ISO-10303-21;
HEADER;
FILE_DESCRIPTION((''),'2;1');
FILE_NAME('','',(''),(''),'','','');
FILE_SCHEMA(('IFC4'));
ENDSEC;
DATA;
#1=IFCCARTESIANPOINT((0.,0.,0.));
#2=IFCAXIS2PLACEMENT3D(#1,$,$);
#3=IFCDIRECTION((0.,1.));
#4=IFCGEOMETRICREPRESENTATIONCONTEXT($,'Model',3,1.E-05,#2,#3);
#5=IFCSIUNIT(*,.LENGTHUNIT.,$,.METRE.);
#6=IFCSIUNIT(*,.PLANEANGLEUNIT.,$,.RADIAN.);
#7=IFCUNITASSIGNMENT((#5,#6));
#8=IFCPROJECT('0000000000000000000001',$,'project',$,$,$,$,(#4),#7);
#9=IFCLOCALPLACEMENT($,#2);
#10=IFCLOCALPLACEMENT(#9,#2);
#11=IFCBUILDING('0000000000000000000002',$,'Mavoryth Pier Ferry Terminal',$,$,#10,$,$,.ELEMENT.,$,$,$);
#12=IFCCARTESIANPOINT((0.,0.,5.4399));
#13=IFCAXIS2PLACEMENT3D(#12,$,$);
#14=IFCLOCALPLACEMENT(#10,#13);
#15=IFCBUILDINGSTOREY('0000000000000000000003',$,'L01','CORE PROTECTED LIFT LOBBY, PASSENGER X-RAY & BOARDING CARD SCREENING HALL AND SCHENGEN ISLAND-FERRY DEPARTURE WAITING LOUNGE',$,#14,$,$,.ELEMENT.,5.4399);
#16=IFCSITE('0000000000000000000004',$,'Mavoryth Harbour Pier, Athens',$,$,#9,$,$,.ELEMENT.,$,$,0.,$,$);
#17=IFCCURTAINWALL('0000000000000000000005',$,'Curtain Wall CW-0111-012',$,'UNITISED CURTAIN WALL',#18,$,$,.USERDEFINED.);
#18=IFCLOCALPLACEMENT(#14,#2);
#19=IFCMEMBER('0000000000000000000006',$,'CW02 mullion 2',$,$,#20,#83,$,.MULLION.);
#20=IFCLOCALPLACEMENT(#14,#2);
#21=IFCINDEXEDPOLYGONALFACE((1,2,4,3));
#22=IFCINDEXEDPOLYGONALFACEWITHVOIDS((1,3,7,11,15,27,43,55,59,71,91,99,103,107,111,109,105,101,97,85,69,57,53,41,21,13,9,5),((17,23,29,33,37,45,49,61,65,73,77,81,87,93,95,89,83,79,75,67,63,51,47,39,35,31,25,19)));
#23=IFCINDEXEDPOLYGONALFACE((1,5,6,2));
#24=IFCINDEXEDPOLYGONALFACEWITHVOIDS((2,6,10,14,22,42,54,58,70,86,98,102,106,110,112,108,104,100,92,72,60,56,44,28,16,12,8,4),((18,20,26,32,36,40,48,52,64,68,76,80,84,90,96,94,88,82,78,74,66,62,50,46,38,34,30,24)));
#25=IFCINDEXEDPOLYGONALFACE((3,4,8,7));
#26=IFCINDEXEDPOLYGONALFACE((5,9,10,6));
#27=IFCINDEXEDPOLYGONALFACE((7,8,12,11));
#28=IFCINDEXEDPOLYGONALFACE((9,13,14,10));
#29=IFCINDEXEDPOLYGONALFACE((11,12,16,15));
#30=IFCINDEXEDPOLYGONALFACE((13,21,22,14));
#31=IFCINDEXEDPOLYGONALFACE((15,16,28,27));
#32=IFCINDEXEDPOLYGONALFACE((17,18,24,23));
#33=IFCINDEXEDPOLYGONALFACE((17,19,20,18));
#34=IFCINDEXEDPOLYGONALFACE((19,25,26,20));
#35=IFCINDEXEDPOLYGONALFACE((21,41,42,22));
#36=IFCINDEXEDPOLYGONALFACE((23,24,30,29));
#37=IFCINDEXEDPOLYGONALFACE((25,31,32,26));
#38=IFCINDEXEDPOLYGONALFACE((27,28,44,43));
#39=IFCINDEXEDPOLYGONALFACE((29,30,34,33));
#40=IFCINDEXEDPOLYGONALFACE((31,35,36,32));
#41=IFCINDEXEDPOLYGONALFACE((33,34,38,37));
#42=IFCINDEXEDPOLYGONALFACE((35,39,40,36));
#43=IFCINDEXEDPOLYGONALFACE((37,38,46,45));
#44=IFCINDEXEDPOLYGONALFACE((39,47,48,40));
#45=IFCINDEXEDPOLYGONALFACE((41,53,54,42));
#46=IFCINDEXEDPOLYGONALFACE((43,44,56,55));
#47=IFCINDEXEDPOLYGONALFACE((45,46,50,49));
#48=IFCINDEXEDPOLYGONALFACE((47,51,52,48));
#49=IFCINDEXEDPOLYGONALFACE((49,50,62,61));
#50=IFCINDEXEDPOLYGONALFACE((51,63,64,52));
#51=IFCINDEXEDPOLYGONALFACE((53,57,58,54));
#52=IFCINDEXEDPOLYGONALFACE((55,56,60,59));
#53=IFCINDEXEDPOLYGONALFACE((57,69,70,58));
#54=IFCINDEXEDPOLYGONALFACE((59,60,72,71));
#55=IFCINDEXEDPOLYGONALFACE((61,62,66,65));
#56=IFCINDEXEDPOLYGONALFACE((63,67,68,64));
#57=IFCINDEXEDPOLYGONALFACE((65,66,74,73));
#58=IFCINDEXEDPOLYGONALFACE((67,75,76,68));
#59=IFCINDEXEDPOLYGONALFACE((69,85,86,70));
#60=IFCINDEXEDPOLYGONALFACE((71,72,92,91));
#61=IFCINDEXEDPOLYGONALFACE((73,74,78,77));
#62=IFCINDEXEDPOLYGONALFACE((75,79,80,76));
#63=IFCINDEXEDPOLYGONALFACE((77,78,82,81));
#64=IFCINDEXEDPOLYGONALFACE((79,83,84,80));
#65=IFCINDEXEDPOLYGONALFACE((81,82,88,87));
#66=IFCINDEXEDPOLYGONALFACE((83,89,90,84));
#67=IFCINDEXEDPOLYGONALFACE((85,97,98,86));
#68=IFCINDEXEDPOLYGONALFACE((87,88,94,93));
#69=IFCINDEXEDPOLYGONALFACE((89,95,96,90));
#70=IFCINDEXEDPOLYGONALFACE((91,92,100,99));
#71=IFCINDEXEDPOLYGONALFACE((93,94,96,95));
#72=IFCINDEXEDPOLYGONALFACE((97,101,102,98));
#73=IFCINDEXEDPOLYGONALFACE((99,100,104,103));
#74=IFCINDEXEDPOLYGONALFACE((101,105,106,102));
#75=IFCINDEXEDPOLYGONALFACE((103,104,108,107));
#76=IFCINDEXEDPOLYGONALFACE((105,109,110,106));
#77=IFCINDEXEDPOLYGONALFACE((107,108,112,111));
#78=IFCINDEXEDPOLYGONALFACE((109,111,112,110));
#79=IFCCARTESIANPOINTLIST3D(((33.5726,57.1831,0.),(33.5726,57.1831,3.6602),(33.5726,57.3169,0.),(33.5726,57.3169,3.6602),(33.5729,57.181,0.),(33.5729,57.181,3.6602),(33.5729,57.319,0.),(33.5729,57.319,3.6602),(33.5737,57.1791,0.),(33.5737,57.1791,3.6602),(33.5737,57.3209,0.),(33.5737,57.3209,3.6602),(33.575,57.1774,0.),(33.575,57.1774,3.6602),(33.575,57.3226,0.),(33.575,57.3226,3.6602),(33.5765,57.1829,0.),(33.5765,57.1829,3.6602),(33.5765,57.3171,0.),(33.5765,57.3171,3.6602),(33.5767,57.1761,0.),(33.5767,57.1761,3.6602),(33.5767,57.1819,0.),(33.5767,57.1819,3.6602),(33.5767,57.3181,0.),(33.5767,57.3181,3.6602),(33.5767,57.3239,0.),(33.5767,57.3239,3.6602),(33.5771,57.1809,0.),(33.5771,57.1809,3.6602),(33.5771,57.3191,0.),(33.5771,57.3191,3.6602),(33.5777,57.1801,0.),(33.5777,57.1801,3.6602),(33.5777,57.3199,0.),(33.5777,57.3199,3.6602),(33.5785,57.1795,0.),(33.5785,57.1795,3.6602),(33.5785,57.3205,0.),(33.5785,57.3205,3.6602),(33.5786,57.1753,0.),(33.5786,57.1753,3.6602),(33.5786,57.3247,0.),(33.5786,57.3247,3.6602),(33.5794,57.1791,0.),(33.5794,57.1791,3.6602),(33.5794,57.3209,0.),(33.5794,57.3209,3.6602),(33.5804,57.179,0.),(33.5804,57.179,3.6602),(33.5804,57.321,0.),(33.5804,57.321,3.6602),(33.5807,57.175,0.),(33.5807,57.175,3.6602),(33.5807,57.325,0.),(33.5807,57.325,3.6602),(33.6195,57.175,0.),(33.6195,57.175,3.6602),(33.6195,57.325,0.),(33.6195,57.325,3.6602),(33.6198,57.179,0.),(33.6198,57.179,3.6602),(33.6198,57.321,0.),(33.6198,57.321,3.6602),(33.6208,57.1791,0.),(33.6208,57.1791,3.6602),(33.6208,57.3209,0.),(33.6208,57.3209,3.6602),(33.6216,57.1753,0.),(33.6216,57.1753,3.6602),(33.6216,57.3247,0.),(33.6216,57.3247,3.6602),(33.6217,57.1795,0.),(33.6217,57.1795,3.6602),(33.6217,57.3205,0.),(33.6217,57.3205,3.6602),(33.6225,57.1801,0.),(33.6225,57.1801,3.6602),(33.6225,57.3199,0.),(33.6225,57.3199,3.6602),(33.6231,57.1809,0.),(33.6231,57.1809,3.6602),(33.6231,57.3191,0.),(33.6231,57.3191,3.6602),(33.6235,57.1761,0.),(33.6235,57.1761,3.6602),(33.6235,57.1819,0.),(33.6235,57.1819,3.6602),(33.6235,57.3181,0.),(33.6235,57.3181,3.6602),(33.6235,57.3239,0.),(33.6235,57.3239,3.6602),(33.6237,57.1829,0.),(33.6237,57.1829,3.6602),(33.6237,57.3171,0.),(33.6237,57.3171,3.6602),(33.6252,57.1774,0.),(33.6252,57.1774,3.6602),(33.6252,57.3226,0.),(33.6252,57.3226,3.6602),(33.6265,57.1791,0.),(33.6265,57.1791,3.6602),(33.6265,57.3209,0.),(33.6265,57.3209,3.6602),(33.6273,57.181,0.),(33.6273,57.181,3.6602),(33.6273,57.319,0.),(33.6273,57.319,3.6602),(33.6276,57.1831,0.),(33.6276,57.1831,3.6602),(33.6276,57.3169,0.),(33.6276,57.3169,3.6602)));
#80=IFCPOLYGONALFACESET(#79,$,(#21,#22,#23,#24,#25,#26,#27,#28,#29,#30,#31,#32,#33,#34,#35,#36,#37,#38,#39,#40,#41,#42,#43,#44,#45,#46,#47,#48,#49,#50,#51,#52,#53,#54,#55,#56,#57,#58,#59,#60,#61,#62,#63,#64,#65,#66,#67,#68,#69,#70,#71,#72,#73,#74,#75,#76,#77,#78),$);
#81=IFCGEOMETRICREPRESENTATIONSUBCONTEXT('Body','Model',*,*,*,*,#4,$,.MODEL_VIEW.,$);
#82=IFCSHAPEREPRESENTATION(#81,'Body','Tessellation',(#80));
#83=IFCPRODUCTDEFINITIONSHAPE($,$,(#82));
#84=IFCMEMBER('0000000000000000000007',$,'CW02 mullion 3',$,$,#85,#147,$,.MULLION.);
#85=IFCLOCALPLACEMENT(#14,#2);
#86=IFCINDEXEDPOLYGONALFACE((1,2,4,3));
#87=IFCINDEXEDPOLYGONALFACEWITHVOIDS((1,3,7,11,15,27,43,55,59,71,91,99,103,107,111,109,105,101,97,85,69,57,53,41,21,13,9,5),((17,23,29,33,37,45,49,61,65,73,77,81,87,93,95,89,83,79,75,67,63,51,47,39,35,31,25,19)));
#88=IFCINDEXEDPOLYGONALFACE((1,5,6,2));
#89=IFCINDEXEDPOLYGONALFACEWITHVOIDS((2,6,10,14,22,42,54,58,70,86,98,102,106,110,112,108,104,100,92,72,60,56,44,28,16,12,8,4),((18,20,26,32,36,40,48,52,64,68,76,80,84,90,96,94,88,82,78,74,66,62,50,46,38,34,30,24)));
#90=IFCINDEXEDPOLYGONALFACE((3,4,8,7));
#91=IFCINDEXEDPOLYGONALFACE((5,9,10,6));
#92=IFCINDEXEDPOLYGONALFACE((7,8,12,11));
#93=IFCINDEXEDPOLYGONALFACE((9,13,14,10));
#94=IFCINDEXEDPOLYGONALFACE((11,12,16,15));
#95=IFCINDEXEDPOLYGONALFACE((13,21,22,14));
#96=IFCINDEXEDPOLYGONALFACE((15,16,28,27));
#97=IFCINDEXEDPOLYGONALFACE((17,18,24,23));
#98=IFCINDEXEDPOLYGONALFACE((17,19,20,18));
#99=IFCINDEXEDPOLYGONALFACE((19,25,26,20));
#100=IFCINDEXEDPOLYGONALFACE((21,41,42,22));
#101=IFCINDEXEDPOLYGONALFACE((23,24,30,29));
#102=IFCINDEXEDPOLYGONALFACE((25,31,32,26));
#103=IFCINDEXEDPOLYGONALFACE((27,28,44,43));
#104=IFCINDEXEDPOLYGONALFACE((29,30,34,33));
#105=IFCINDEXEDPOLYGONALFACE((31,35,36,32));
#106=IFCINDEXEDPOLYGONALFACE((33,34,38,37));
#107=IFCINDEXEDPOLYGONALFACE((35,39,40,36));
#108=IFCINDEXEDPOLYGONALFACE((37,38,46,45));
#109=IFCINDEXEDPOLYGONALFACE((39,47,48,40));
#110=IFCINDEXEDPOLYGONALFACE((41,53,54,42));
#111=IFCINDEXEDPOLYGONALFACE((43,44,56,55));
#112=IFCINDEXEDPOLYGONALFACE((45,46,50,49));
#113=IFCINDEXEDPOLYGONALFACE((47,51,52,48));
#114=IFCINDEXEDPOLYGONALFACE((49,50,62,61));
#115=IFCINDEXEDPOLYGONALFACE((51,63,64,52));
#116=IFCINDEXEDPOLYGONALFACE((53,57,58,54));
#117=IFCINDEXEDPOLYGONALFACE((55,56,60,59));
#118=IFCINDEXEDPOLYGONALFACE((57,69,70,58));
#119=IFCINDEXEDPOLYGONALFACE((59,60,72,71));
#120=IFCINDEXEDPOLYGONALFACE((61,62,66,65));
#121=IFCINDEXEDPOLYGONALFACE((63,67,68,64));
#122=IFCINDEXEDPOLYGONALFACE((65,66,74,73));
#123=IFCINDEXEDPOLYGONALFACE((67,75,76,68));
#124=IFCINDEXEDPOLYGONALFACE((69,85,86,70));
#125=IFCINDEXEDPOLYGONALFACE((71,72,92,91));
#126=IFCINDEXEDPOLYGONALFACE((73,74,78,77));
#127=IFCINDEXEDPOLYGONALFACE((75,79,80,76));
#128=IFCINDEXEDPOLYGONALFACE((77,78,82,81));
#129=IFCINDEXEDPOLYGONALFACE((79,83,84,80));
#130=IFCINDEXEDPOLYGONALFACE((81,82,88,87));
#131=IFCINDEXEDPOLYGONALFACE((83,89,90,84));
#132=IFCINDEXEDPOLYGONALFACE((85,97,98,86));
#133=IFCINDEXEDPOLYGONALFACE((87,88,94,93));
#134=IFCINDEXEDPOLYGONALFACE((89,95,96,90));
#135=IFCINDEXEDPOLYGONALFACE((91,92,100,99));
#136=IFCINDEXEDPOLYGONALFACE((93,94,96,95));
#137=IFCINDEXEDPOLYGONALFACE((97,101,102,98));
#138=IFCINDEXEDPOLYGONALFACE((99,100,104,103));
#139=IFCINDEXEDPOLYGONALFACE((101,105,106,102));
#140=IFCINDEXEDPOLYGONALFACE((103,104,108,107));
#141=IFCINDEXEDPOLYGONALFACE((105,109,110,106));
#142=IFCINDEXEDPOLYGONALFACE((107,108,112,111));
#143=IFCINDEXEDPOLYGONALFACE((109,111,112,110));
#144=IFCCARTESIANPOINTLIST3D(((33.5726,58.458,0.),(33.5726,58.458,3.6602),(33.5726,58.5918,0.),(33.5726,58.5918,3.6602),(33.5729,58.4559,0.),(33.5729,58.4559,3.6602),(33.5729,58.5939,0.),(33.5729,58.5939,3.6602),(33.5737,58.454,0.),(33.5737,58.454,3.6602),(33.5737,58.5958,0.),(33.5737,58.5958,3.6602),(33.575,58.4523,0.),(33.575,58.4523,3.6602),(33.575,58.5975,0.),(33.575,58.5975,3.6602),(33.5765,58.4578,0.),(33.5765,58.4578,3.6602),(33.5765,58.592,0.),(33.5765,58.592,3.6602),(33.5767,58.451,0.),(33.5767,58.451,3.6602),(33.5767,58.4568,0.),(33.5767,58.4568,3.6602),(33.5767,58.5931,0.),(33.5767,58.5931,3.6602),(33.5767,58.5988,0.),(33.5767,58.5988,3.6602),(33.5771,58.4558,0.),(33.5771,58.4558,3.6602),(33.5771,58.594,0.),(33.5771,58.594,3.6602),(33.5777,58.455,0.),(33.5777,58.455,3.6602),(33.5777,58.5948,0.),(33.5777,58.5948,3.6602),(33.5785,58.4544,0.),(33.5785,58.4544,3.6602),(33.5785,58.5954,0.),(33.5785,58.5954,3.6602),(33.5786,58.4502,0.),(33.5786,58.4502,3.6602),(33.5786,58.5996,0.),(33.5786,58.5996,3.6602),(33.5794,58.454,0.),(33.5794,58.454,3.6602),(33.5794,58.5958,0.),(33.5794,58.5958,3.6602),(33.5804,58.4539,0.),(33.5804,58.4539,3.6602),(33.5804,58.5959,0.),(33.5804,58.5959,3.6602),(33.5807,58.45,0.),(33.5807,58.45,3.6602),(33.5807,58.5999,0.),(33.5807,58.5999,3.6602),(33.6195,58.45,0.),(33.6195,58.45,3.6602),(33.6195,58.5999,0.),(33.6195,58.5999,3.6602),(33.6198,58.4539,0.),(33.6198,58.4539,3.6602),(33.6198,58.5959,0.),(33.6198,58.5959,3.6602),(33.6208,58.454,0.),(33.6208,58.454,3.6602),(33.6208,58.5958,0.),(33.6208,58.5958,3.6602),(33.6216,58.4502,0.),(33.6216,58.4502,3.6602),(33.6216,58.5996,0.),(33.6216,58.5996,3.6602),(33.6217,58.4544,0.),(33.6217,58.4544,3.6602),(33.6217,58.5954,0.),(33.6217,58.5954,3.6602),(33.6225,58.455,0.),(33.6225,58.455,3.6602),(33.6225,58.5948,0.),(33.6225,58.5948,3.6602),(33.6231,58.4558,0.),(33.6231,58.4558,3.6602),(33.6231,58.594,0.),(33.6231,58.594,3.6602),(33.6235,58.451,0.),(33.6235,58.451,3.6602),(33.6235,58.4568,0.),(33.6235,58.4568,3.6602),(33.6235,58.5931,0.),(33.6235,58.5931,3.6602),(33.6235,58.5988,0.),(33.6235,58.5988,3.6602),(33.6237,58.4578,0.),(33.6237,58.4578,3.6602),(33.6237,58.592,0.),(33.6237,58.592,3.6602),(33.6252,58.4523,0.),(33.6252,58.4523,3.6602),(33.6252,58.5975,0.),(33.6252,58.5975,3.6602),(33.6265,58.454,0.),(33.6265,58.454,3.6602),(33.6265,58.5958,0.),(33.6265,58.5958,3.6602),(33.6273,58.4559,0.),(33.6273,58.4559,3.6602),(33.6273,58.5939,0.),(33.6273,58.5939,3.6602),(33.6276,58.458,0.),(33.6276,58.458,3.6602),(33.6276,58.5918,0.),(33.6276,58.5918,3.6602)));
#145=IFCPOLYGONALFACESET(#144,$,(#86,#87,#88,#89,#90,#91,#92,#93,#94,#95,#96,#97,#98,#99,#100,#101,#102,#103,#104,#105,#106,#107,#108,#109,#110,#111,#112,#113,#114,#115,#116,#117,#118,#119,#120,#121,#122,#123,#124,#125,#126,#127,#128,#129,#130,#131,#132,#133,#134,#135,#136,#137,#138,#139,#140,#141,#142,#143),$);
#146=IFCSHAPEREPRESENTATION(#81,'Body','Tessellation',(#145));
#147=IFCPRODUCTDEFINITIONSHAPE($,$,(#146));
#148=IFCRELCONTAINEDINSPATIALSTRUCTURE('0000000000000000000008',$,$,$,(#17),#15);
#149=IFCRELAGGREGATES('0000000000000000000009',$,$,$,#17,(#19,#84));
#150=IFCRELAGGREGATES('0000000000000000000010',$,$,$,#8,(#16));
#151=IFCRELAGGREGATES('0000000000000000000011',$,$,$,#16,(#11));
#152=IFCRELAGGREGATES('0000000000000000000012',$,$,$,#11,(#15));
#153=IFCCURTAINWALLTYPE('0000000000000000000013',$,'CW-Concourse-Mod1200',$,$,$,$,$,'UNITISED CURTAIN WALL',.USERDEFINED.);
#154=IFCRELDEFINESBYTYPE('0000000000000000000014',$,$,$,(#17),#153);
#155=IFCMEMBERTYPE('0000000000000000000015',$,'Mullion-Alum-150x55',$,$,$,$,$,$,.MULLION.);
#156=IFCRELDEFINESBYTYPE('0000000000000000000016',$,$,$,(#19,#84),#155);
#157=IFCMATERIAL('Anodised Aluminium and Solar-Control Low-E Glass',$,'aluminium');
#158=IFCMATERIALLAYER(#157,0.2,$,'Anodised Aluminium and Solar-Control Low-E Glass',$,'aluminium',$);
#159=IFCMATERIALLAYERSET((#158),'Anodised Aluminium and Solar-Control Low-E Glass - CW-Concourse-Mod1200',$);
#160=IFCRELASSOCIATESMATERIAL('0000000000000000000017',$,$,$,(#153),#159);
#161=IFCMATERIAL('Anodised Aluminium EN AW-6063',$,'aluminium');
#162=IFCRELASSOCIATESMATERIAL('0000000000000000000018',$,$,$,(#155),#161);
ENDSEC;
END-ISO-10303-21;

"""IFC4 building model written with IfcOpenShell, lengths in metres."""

from ifc_helpers import new_model, si_unit, direction, frame, origin, origin_2d, place, context, subcontext, project, spatial, hollow_rectangle, extrude, material, layer, layer_set, material_profile, profile_set, type_object, element, aggregate, save


model = new_model("IFC4")

# Units and contexts
model_context = context("Model", 3, precision=1e-05, world=origin(), true_north=direction((0.0, 1.0)))
body_context = subcontext(model_context, "Body", "Model", "MODEL_VIEW")
ifc_project = project(units=[si_unit("LENGTHUNIT", "METRE"), si_unit("PLANEANGLEUNIT", "RADIAN")], contexts=[model_context])

# Site, building, storey
site_placement = place(None, origin())
site = spatial("IfcSite", under=ifc_project, at=site_placement, Name="Mavoryth Harbour Pier, Athens", CompositionType="ELEMENT", RefElevation=0.0)
building_placement = place(site_placement, origin())
building = spatial("IfcBuilding", under=site, at=building_placement, Name="Mavoryth Pier Ferry Terminal", CompositionType="ELEMENT")
storey_placement = place(building_placement, frame((0.0, 0.0, 5.4399)))
storey = spatial("IfcBuildingStorey", under=building, at=storey_placement, Name="L01", Description="CORE PROTECTED LIFT LOBBY, PASSENGER X-RAY & BOARDING CARD SCREENING HALL AND SCHENGEN ISLAND-FERRY DEPARTURE WAITING LOUNGE", CompositionType="ELEMENT", Elevation=5.4399)

# Curtain wall, members
ifc_material_1 = material(Name="Anodised Aluminium and Solar-Control Low-E Glass", Category="aluminium")
ifc_layer_1 = layer(ifc_material_1, 0.2, Name="Anodised Aluminium and Solar-Control Low-E Glass", Category="aluminium")
ifc_layer_set_1 = layer_set([ifc_layer_1], Name="Anodised Aluminium and Solar-Control Low-E Glass - CW-Concourse-Mod1200")
curtain_wall_type = type_object("IfcCurtainWallType", Name="CW-Concourse-Mod1200", ElementType="UNITISED CURTAIN WALL", PredefinedType="USERDEFINED", material=ifc_layer_set_1)
curtain_wall_placement = place(storey_placement, origin())
curtain_wall = element("IfcCurtainWall", 1, at=curtain_wall_placement, inside=storey, type_object=curtain_wall_type, Name="Curtain Wall CW-0111-012", ObjectType="UNITISED CURTAIN WALL", PredefinedType="USERDEFINED")
ifc_material_2 = material(Name="Anodised Aluminium EN AW-6063", Category="aluminium")
ifc_material_profile_1 = material_profile(ifc_material_2, hollow_rectangle(XDim=0.0549, YDim=0.1499, WallThickness=0.0039, InnerFilletRadius=0.0039, OuterFilletRadius=0.0081, at=origin_2d()), Name="AL-MULL 150x55x4", Category="aluminium")
ifc_profile_set_1 = profile_set([ifc_material_profile_1], Name="Anodised Aluminium EN AW-6063 - AL-MULL 150x55x4")
member_type_1 = type_object("IfcMemberType", Name="Mullion-Alum-150x55", PredefinedType="MULLION", material=ifc_profile_set_1)
member_1_placement = place(storey_placement, frame((33.6001, 57.25, 0.0), z_axis=(0.0, 0.0, 1.0), x_axis=(-1.0, 0.0, 0.0)))
member_1 = element("IfcMember", 2, at=member_1_placement, type_object=member_type_1, Name="CW02 mullion 2", PredefinedType="MULLION", context=body_context, shape_type="SweptSolid", body=[
    extrude(hollow_rectangle(XDim=0.0549, YDim=0.1499, WallThickness=0.0039, InnerFilletRadius=0.0039, OuterFilletRadius=0.0081, at=origin_2d()), origin(), (0.0, 0.0, 1.0), 3.6602),
])
member_2_placement = place(storey_placement, frame((33.6001, 58.5249, 0.0), z_axis=(0.0, 0.0, 1.0), x_axis=(-1.0, 0.0, 0.0)))
member_2 = element("IfcMember", 3, at=member_2_placement, type_object=member_type_1, Name="CW02 mullion 3", PredefinedType="MULLION", context=body_context, shape_type="SweptSolid", body=[
    extrude(hollow_rectangle(XDim=0.0549, YDim=0.1499, WallThickness=0.0039, InnerFilletRadius=0.0039, OuterFilletRadius=0.0081, at=origin_2d()), origin(), (0.0, 0.0, 1.0), 3.6602),
])
aggregate(curtain_wall, [member_1, member_2])

save(model, "model.ifc")
